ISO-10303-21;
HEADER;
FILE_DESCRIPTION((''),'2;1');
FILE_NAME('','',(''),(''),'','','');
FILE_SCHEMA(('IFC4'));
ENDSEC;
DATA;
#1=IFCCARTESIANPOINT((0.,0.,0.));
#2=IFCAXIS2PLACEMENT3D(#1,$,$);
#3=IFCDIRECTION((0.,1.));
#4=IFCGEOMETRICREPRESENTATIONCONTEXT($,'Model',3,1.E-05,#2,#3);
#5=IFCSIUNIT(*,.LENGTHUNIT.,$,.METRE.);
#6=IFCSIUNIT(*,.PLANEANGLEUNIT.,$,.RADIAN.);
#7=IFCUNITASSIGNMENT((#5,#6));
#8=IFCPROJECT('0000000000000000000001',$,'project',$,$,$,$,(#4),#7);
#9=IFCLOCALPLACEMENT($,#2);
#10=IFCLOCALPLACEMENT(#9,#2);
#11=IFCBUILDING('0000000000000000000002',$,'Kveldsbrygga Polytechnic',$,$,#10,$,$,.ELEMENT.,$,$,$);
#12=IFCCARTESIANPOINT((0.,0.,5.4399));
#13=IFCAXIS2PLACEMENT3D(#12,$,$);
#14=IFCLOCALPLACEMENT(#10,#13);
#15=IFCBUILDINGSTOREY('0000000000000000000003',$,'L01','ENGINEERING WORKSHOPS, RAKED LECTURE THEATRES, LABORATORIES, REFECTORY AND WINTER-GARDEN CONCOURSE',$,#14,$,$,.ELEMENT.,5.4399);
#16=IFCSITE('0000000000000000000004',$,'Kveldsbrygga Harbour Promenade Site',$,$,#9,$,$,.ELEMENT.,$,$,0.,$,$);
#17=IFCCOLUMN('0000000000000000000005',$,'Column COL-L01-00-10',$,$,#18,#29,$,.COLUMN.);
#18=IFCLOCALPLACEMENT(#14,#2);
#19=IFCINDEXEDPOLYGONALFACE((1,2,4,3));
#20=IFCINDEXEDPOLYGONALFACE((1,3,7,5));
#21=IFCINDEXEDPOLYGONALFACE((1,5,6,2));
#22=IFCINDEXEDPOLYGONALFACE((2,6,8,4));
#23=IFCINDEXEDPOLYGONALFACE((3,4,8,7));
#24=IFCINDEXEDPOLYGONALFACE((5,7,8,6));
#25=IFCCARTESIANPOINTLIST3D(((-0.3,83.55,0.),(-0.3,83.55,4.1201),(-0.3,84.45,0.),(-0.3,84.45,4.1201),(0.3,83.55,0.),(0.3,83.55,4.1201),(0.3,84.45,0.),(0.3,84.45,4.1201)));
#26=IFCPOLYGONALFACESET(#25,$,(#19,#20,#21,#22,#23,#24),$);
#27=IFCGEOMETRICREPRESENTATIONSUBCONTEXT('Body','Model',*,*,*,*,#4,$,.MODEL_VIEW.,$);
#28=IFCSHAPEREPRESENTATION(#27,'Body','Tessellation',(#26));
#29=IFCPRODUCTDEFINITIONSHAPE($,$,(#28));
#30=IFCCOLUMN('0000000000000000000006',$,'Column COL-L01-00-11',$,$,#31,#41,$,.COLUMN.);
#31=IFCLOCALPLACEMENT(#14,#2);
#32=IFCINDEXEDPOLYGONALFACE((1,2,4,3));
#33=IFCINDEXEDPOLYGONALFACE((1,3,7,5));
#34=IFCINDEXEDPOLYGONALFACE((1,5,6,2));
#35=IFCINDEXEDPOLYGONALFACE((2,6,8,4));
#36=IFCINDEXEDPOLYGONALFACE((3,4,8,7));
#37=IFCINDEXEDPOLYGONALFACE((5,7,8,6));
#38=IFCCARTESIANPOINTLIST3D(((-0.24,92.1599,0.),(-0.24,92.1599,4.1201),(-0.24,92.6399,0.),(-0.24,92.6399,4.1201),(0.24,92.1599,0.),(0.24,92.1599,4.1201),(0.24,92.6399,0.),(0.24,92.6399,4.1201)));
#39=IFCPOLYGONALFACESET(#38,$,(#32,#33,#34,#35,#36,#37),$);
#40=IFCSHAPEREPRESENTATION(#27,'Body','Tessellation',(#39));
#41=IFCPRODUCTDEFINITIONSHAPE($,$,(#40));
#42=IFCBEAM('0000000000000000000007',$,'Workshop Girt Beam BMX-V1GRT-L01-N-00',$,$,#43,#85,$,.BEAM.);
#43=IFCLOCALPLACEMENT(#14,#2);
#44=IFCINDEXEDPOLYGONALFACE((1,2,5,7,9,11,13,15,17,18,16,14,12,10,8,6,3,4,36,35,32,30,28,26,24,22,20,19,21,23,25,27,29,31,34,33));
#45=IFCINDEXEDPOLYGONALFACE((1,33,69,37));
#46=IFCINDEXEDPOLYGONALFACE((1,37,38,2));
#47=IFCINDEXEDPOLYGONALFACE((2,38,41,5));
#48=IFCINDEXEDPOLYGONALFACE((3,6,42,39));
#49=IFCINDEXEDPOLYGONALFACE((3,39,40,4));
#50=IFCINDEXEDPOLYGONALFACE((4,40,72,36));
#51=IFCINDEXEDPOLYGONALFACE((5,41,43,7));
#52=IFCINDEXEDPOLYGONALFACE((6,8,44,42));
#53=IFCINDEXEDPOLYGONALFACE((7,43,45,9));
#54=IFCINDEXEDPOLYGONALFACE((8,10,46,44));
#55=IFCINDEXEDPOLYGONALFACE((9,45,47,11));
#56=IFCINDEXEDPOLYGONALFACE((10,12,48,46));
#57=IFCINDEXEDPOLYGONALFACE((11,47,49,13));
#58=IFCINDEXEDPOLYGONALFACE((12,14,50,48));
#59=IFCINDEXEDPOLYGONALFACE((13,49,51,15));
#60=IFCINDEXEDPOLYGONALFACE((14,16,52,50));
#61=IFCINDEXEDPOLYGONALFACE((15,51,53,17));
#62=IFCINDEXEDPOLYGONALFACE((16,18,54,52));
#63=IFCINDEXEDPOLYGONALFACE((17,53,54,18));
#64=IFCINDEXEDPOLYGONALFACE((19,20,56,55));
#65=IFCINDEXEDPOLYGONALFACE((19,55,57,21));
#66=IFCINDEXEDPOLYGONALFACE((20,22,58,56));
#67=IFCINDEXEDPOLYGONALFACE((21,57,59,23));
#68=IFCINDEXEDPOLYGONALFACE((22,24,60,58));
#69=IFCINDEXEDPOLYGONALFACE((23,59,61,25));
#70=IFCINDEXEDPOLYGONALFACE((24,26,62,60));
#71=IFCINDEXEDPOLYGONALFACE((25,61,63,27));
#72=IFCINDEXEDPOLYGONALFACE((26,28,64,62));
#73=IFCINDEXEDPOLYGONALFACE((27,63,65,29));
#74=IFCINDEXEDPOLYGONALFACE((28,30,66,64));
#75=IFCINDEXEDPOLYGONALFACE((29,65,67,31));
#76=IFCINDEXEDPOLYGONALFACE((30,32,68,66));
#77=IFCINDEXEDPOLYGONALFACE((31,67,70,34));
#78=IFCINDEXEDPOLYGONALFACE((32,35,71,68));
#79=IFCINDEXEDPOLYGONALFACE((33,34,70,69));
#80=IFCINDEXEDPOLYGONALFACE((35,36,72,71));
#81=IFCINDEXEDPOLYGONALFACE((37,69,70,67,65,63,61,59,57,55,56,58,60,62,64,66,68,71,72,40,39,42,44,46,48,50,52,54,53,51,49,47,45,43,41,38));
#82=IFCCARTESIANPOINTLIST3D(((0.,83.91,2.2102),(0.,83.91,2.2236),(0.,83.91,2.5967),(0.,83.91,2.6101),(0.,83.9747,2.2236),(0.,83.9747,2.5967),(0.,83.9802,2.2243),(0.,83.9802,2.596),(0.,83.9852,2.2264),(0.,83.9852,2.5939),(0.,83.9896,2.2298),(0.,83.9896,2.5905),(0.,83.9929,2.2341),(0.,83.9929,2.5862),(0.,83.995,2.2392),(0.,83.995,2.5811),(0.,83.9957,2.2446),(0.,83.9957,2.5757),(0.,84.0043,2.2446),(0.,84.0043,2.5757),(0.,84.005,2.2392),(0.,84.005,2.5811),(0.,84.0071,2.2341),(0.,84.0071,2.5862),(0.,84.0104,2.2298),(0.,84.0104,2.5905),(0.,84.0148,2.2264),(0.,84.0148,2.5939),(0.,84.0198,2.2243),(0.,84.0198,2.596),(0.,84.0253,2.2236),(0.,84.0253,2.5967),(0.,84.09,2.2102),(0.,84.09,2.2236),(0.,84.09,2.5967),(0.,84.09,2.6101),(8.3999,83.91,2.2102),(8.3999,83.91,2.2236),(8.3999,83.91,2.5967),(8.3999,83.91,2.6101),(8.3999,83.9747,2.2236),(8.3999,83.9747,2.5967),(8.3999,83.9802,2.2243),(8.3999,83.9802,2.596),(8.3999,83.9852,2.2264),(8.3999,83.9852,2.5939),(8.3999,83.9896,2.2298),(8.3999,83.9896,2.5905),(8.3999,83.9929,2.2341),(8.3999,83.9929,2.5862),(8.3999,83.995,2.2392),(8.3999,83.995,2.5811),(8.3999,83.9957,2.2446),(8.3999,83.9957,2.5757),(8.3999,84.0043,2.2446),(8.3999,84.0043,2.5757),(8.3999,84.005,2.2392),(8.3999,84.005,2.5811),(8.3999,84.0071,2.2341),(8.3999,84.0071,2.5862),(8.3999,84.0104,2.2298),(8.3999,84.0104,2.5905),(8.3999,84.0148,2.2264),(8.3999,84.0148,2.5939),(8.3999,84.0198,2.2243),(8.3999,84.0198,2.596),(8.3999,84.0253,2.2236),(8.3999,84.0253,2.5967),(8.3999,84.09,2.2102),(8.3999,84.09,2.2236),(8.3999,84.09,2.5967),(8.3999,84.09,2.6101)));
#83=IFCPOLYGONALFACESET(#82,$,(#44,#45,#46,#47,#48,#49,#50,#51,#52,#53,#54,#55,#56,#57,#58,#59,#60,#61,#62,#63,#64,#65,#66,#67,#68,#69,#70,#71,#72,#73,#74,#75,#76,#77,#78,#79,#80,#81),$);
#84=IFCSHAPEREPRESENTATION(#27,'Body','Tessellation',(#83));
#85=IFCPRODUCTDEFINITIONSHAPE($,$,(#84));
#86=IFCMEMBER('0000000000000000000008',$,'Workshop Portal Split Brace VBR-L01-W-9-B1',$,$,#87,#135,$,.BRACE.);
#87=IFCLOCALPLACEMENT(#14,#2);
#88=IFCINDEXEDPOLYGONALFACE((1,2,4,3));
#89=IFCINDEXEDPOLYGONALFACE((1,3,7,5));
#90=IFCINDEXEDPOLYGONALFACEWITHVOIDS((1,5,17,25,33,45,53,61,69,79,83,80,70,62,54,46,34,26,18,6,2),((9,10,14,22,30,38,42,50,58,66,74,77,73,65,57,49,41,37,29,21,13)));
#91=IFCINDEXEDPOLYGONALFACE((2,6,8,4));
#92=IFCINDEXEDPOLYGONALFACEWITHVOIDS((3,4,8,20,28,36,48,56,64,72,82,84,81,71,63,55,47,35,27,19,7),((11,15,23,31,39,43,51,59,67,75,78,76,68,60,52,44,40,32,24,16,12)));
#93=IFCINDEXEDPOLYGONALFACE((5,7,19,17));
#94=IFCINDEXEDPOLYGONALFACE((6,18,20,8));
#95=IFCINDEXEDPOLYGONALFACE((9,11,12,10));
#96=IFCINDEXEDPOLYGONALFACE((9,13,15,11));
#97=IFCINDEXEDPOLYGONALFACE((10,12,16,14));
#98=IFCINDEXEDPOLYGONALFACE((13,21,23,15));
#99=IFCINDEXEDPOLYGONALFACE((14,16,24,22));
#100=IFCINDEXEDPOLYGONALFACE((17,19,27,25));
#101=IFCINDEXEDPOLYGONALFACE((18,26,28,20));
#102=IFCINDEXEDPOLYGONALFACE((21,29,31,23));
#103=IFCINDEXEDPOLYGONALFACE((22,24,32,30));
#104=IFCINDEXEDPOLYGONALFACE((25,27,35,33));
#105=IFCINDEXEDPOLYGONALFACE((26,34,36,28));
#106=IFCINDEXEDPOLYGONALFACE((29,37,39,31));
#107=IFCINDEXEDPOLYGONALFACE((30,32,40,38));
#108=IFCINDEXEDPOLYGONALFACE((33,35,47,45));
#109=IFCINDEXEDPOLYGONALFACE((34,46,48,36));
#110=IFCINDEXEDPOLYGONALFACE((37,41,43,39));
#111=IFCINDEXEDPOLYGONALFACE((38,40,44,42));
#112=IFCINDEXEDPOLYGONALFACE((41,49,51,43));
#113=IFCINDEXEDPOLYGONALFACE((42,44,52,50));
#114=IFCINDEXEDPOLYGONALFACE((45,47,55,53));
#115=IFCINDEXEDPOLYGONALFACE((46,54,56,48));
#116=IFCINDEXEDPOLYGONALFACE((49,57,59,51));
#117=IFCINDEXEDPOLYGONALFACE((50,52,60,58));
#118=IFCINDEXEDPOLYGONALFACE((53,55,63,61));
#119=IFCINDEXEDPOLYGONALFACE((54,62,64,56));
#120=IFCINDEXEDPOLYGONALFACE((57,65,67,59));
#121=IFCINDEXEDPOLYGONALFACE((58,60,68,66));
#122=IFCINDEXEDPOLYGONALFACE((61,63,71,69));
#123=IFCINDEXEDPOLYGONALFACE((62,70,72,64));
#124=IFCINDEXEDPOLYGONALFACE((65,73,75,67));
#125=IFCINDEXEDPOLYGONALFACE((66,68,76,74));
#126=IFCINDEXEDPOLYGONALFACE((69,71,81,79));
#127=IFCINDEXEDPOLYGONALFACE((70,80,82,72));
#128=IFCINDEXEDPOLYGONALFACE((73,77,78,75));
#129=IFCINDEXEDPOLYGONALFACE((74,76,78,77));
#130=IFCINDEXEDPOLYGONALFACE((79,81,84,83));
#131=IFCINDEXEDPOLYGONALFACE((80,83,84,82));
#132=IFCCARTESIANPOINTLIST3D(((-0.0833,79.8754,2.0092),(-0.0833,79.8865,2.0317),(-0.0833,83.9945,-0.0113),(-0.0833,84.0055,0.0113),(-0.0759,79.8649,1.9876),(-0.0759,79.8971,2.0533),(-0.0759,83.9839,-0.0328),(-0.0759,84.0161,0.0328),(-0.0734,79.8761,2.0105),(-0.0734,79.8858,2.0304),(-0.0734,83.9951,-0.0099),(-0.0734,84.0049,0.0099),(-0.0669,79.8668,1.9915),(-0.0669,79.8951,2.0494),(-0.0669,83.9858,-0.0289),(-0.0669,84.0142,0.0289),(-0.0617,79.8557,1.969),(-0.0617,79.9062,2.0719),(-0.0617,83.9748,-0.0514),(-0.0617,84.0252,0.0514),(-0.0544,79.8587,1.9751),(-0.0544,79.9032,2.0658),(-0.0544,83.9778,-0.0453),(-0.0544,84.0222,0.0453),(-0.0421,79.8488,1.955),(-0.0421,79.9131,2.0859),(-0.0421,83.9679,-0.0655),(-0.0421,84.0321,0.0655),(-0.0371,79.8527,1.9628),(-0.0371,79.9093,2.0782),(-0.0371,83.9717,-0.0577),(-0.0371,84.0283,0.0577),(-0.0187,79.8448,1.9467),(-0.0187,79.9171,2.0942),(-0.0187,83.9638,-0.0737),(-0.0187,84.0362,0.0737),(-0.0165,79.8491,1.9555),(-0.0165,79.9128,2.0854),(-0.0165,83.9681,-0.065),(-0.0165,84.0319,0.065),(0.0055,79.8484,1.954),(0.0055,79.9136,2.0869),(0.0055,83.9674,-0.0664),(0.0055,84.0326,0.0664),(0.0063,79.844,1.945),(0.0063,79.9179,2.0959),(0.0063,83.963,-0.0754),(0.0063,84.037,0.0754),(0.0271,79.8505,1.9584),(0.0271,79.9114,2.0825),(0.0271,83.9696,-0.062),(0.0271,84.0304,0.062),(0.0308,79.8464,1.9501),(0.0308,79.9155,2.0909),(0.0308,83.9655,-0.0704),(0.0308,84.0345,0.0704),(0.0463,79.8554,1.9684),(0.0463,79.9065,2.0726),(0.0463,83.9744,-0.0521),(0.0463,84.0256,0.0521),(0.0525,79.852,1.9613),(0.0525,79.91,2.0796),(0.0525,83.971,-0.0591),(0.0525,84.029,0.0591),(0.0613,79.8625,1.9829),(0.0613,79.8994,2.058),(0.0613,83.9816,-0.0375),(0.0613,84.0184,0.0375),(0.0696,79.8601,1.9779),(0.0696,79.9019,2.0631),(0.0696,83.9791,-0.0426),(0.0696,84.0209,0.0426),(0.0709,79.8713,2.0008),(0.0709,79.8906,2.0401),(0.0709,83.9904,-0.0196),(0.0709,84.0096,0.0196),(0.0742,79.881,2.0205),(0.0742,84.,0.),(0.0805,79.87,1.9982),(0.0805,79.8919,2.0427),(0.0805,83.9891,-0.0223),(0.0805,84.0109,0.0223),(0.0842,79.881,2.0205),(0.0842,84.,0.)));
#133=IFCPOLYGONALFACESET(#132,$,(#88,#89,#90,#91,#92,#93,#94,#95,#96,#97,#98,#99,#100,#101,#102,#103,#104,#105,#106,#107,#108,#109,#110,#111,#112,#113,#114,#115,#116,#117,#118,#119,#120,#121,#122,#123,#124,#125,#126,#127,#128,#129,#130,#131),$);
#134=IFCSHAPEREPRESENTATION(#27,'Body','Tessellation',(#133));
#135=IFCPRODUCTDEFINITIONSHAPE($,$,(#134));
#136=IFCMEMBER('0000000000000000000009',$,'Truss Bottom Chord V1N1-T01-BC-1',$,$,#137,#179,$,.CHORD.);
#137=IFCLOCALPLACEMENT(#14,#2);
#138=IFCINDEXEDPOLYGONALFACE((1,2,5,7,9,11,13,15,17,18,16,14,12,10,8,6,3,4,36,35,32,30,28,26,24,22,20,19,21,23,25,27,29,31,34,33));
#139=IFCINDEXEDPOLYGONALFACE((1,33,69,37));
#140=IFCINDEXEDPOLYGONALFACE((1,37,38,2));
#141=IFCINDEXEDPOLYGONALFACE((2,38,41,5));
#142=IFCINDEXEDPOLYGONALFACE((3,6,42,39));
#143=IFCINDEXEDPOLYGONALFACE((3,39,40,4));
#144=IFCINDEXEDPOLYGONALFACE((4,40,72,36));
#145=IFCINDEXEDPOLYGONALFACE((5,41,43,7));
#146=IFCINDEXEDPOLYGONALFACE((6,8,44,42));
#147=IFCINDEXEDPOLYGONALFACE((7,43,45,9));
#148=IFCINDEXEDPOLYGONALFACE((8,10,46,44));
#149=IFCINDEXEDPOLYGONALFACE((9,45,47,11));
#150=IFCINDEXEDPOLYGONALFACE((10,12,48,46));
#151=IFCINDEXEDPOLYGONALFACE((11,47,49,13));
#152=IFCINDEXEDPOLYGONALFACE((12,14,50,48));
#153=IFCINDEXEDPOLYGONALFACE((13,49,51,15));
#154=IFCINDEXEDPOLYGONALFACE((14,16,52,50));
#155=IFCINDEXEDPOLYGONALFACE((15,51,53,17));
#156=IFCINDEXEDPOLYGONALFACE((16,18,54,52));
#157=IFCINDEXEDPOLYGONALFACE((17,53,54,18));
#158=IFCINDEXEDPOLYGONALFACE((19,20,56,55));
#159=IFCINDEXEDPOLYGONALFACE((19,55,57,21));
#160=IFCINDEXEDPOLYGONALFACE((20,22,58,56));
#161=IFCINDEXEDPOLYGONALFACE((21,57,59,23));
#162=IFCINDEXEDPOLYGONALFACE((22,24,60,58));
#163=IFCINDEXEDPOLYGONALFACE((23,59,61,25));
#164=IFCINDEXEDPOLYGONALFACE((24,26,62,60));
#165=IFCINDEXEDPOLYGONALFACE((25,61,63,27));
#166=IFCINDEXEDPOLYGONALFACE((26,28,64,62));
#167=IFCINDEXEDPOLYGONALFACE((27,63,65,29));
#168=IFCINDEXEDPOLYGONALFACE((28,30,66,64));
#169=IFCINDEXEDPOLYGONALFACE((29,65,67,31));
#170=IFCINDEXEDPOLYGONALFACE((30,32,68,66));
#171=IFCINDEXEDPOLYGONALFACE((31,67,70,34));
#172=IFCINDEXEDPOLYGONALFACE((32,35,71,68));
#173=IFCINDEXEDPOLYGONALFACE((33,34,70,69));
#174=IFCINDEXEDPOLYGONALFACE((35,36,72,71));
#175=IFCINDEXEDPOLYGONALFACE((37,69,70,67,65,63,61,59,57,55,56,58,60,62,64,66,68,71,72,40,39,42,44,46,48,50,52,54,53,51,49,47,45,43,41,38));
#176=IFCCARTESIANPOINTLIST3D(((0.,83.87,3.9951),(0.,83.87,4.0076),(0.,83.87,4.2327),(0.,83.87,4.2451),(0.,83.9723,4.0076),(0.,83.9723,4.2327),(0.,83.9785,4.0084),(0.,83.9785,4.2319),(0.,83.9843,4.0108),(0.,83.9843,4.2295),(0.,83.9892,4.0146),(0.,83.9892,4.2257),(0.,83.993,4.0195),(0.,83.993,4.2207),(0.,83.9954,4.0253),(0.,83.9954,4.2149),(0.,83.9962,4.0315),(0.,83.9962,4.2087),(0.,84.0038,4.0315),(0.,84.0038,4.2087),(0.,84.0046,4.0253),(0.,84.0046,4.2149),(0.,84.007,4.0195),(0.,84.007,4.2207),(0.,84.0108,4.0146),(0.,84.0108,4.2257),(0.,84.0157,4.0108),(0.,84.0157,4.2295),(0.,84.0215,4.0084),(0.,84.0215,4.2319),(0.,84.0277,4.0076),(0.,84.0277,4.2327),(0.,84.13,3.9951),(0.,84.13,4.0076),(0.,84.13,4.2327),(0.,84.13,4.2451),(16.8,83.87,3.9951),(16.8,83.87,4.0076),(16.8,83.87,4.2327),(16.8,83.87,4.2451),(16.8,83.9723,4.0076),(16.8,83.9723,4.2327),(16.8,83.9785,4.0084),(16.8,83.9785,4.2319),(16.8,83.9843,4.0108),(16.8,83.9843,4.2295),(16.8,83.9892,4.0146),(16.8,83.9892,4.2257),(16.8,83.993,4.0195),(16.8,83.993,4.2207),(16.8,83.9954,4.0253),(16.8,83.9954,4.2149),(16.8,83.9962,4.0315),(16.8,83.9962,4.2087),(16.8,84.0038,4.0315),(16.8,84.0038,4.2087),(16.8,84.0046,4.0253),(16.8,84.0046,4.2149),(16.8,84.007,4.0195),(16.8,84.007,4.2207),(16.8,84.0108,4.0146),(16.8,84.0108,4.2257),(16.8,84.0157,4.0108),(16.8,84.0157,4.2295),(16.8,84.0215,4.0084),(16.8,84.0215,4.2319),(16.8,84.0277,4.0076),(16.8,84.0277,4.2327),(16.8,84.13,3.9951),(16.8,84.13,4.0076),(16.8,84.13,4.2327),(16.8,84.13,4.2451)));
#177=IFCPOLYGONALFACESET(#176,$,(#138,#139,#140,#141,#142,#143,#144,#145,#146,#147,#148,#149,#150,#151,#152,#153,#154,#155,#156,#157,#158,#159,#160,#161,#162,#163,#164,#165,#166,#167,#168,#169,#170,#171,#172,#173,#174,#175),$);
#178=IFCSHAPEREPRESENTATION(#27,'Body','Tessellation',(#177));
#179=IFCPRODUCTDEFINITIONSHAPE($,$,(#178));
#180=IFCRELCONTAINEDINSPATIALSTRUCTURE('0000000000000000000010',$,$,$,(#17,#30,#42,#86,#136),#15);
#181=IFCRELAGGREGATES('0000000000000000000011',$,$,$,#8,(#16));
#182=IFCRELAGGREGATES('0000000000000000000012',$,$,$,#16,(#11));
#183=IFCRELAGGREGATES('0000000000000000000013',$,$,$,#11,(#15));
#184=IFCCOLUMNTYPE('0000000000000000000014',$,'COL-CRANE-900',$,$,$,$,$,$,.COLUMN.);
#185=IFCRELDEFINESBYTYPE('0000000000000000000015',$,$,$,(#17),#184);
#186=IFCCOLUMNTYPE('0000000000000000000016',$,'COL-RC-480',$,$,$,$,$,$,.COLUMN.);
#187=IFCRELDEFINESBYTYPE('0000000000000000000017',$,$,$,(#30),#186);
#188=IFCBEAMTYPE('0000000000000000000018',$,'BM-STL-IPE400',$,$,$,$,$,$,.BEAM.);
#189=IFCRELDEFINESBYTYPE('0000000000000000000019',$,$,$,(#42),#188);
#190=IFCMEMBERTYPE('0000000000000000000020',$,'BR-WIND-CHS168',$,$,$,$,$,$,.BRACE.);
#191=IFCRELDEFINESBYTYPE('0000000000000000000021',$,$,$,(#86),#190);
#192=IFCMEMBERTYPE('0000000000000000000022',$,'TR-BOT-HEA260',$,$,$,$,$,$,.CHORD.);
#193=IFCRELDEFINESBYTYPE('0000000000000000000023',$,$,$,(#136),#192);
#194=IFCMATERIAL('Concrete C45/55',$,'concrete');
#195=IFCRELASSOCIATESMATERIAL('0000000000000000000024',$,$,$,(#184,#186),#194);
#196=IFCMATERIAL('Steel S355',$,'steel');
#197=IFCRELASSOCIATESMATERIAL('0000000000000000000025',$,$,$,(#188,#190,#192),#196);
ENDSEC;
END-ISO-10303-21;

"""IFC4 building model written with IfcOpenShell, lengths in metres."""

from ifc_helpers import new_model, si_unit, direction, frame, origin, origin_2d, place, context, subcontext, project, spatial, rectangle, hollow_circle, i_section, extrude, material, material_profile, profile_set, type_object, element, save


model = new_model("IFC4")

# Units and contexts
model_context = context("Model", 3, precision=1e-05, world=origin(), true_north=direction((0.0, 1.0)))
body_context = subcontext(model_context, "Body", "Model", "MODEL_VIEW")
ifc_project = project(units=[si_unit("LENGTHUNIT", "METRE"), si_unit("PLANEANGLEUNIT", "RADIAN")], contexts=[model_context])

# Site, building, storey
site_placement = place(None, origin())
site = spatial("IfcSite", under=ifc_project, at=site_placement, Name="Kveldsbrygga Harbour Promenade Site", CompositionType="ELEMENT", RefElevation=0.0)
building_placement = place(site_placement, origin())
building = spatial("IfcBuilding", under=site, at=building_placement, Name="Kveldsbrygga Polytechnic", CompositionType="ELEMENT")
storey_placement = place(building_placement, frame((0.0, 0.0, 5.4399)))
storey = spatial("IfcBuildingStorey", under=building, at=storey_placement, Name="L01", Description="ENGINEERING WORKSHOPS, RAKED LECTURE THEATRES, LABORATORIES, REFECTORY AND WINTER-GARDEN CONCOURSE", CompositionType="ELEMENT", Elevation=5.4399)

# Columns
ifc_material_1 = material(Name="Concrete C45/55", Category="concrete")
ifc_material_profile_1 = material_profile(ifc_material_1, rectangle(XDim=0.6001, YDim=0.8999, at=origin_2d()), Name="RC 600x900")
ifc_profile_set_1 = profile_set([ifc_material_profile_1], Name="Concrete C45/55")
column_type_1 = type_object("IfcColumnType", Name="COL-CRANE-900", PredefinedType="COLUMN", material=ifc_profile_set_1)
column_1_placement = place(storey_placement, frame((0.0, 84.0, 0.0), z_axis=(0.0, 0.0, 1.0), x_axis=(1.0, 0.0, 0.0)))
element("IfcColumn", 1, at=column_1_placement, inside=storey, type_object=column_type_1, Name="Column COL-L01-00-10", PredefinedType="COLUMN", context=body_context, shape_type="SweptSolid", body=[
    extrude(rectangle(XDim=0.6001, YDim=0.8999, at=origin_2d()), origin(), (0.0, 0.0, 1.0), 4.1201),
])
ifc_material_profile_2 = material_profile(ifc_material_1, rectangle(XDim=0.48, YDim=0.48, at=origin_2d()), Name="RC 480x480")
ifc_profile_set_2 = profile_set([ifc_material_profile_2], Name="Concrete C45/55")
column_type_2 = type_object("IfcColumnType", Name="COL-RC-480", PredefinedType="COLUMN", material=ifc_profile_set_2)
column_2_placement = place(storey_placement, frame((0.0, 92.3999, 0.0), z_axis=(0.0, 0.0, 1.0), x_axis=(1.0, 0.0, 0.0)))
element("IfcColumn", 2, at=column_2_placement, inside=storey, type_object=column_type_2, Name="Column COL-L01-00-11", PredefinedType="COLUMN", context=body_context, shape_type="SweptSolid", body=[
    extrude(rectangle(XDim=0.48, YDim=0.48, at=origin_2d()), origin(), (0.0, 0.0, 1.0), 4.1201),
])

# Beam
ifc_material_2 = material(Name="Steel S355", Category="steel")
ifc_material_profile_3 = material_profile(ifc_material_2, i_section(OverallWidth=0.1799, OverallDepth=0.3999, WebThickness=0.0085, FlangeThickness=0.0134, FilletRadius=0.021, at=origin_2d()), Name="IPE 400")
ifc_profile_set_3 = profile_set([ifc_material_profile_3], Name="Steel S355")
beam_type = type_object("IfcBeamType", Name="BM-STL-IPE400", PredefinedType="BEAM", material=ifc_profile_set_3)
beam_placement = place(storey_placement, frame((0.0, 84.0, 2.4102), z_axis=(1.0, 0.0, 0.0), x_axis=(0.0, 1.0, 0.0)))
element("IfcBeam", 3, at=beam_placement, inside=storey, type_object=beam_type, Name="Workshop Girt Beam BMX-V1GRT-L01-N-00", PredefinedType="BEAM", context=body_context, shape_type="SweptSolid", body=[
    extrude(i_section(OverallWidth=0.1799, OverallDepth=0.3999, WebThickness=0.0085, FlangeThickness=0.0134, FilletRadius=0.021, at=origin_2d()), origin(), (0.0, 0.0, 1.0), 8.3999),
])

# Members
ifc_material_profile_4 = material_profile(ifc_material_2, hollow_circle(Radius=0.0842, WallThickness=0.01, at=origin_2d()), Name="CHS 168.3x10.0")
ifc_profile_set_4 = profile_set([ifc_material_profile_4], Name="Steel S355")
member_type_1 = type_object("IfcMemberType", Name="BR-WIND-CHS168", PredefinedType="BRACE", material=ifc_profile_set_4)
member_1_placement = place(storey_placement, frame((0.0, 84.0, 0.0), z_axis=(0.0, -0.897807, 0.440389), x_axis=(1.0, 0.0, 0.0)))
element("IfcMember", 4, at=member_1_placement, inside=storey, type_object=member_type_1, Name="Workshop Portal Split Brace VBR-L01-W-9-B1", PredefinedType="BRACE", context=body_context, shape_type="SweptSolid", body=[
    extrude(hollow_circle(Radius=0.0842, WallThickness=0.01, at=origin_2d()), origin(), (0.0, 0.0, 1.0), 4.5879),
])
ifc_material_profile_5 = material_profile(ifc_material_2, i_section(OverallWidth=0.26, OverallDepth=0.25, WebThickness=0.0076, FlangeThickness=0.0125, FilletRadius=0.0239, at=origin_2d()), Name="HEA 260")
ifc_profile_set_5 = profile_set([ifc_material_profile_5], Name="Steel S355")
member_type_2 = type_object("IfcMemberType", Name="TR-BOT-HEA260", PredefinedType="CHORD", material=ifc_profile_set_5)
member_2_placement = place(storey_placement, frame((0.0, 84.0, 4.1201), z_axis=(1.0, 0.0, 0.0), x_axis=(0.0, 1.0, 0.0)))
element("IfcMember", 5, at=member_2_placement, inside=storey, type_object=member_type_2, Name="Truss Bottom Chord V1N1-T01-BC-1", PredefinedType="CHORD", context=body_context, shape_type="SweptSolid", body=[
    extrude(i_section(OverallWidth=0.26, OverallDepth=0.25, WebThickness=0.0076, FlangeThickness=0.0125, FilletRadius=0.0239, at=origin_2d()), origin(), (0.0, 0.0, 1.0), 16.8),
])

save(model, "model.ifc")
